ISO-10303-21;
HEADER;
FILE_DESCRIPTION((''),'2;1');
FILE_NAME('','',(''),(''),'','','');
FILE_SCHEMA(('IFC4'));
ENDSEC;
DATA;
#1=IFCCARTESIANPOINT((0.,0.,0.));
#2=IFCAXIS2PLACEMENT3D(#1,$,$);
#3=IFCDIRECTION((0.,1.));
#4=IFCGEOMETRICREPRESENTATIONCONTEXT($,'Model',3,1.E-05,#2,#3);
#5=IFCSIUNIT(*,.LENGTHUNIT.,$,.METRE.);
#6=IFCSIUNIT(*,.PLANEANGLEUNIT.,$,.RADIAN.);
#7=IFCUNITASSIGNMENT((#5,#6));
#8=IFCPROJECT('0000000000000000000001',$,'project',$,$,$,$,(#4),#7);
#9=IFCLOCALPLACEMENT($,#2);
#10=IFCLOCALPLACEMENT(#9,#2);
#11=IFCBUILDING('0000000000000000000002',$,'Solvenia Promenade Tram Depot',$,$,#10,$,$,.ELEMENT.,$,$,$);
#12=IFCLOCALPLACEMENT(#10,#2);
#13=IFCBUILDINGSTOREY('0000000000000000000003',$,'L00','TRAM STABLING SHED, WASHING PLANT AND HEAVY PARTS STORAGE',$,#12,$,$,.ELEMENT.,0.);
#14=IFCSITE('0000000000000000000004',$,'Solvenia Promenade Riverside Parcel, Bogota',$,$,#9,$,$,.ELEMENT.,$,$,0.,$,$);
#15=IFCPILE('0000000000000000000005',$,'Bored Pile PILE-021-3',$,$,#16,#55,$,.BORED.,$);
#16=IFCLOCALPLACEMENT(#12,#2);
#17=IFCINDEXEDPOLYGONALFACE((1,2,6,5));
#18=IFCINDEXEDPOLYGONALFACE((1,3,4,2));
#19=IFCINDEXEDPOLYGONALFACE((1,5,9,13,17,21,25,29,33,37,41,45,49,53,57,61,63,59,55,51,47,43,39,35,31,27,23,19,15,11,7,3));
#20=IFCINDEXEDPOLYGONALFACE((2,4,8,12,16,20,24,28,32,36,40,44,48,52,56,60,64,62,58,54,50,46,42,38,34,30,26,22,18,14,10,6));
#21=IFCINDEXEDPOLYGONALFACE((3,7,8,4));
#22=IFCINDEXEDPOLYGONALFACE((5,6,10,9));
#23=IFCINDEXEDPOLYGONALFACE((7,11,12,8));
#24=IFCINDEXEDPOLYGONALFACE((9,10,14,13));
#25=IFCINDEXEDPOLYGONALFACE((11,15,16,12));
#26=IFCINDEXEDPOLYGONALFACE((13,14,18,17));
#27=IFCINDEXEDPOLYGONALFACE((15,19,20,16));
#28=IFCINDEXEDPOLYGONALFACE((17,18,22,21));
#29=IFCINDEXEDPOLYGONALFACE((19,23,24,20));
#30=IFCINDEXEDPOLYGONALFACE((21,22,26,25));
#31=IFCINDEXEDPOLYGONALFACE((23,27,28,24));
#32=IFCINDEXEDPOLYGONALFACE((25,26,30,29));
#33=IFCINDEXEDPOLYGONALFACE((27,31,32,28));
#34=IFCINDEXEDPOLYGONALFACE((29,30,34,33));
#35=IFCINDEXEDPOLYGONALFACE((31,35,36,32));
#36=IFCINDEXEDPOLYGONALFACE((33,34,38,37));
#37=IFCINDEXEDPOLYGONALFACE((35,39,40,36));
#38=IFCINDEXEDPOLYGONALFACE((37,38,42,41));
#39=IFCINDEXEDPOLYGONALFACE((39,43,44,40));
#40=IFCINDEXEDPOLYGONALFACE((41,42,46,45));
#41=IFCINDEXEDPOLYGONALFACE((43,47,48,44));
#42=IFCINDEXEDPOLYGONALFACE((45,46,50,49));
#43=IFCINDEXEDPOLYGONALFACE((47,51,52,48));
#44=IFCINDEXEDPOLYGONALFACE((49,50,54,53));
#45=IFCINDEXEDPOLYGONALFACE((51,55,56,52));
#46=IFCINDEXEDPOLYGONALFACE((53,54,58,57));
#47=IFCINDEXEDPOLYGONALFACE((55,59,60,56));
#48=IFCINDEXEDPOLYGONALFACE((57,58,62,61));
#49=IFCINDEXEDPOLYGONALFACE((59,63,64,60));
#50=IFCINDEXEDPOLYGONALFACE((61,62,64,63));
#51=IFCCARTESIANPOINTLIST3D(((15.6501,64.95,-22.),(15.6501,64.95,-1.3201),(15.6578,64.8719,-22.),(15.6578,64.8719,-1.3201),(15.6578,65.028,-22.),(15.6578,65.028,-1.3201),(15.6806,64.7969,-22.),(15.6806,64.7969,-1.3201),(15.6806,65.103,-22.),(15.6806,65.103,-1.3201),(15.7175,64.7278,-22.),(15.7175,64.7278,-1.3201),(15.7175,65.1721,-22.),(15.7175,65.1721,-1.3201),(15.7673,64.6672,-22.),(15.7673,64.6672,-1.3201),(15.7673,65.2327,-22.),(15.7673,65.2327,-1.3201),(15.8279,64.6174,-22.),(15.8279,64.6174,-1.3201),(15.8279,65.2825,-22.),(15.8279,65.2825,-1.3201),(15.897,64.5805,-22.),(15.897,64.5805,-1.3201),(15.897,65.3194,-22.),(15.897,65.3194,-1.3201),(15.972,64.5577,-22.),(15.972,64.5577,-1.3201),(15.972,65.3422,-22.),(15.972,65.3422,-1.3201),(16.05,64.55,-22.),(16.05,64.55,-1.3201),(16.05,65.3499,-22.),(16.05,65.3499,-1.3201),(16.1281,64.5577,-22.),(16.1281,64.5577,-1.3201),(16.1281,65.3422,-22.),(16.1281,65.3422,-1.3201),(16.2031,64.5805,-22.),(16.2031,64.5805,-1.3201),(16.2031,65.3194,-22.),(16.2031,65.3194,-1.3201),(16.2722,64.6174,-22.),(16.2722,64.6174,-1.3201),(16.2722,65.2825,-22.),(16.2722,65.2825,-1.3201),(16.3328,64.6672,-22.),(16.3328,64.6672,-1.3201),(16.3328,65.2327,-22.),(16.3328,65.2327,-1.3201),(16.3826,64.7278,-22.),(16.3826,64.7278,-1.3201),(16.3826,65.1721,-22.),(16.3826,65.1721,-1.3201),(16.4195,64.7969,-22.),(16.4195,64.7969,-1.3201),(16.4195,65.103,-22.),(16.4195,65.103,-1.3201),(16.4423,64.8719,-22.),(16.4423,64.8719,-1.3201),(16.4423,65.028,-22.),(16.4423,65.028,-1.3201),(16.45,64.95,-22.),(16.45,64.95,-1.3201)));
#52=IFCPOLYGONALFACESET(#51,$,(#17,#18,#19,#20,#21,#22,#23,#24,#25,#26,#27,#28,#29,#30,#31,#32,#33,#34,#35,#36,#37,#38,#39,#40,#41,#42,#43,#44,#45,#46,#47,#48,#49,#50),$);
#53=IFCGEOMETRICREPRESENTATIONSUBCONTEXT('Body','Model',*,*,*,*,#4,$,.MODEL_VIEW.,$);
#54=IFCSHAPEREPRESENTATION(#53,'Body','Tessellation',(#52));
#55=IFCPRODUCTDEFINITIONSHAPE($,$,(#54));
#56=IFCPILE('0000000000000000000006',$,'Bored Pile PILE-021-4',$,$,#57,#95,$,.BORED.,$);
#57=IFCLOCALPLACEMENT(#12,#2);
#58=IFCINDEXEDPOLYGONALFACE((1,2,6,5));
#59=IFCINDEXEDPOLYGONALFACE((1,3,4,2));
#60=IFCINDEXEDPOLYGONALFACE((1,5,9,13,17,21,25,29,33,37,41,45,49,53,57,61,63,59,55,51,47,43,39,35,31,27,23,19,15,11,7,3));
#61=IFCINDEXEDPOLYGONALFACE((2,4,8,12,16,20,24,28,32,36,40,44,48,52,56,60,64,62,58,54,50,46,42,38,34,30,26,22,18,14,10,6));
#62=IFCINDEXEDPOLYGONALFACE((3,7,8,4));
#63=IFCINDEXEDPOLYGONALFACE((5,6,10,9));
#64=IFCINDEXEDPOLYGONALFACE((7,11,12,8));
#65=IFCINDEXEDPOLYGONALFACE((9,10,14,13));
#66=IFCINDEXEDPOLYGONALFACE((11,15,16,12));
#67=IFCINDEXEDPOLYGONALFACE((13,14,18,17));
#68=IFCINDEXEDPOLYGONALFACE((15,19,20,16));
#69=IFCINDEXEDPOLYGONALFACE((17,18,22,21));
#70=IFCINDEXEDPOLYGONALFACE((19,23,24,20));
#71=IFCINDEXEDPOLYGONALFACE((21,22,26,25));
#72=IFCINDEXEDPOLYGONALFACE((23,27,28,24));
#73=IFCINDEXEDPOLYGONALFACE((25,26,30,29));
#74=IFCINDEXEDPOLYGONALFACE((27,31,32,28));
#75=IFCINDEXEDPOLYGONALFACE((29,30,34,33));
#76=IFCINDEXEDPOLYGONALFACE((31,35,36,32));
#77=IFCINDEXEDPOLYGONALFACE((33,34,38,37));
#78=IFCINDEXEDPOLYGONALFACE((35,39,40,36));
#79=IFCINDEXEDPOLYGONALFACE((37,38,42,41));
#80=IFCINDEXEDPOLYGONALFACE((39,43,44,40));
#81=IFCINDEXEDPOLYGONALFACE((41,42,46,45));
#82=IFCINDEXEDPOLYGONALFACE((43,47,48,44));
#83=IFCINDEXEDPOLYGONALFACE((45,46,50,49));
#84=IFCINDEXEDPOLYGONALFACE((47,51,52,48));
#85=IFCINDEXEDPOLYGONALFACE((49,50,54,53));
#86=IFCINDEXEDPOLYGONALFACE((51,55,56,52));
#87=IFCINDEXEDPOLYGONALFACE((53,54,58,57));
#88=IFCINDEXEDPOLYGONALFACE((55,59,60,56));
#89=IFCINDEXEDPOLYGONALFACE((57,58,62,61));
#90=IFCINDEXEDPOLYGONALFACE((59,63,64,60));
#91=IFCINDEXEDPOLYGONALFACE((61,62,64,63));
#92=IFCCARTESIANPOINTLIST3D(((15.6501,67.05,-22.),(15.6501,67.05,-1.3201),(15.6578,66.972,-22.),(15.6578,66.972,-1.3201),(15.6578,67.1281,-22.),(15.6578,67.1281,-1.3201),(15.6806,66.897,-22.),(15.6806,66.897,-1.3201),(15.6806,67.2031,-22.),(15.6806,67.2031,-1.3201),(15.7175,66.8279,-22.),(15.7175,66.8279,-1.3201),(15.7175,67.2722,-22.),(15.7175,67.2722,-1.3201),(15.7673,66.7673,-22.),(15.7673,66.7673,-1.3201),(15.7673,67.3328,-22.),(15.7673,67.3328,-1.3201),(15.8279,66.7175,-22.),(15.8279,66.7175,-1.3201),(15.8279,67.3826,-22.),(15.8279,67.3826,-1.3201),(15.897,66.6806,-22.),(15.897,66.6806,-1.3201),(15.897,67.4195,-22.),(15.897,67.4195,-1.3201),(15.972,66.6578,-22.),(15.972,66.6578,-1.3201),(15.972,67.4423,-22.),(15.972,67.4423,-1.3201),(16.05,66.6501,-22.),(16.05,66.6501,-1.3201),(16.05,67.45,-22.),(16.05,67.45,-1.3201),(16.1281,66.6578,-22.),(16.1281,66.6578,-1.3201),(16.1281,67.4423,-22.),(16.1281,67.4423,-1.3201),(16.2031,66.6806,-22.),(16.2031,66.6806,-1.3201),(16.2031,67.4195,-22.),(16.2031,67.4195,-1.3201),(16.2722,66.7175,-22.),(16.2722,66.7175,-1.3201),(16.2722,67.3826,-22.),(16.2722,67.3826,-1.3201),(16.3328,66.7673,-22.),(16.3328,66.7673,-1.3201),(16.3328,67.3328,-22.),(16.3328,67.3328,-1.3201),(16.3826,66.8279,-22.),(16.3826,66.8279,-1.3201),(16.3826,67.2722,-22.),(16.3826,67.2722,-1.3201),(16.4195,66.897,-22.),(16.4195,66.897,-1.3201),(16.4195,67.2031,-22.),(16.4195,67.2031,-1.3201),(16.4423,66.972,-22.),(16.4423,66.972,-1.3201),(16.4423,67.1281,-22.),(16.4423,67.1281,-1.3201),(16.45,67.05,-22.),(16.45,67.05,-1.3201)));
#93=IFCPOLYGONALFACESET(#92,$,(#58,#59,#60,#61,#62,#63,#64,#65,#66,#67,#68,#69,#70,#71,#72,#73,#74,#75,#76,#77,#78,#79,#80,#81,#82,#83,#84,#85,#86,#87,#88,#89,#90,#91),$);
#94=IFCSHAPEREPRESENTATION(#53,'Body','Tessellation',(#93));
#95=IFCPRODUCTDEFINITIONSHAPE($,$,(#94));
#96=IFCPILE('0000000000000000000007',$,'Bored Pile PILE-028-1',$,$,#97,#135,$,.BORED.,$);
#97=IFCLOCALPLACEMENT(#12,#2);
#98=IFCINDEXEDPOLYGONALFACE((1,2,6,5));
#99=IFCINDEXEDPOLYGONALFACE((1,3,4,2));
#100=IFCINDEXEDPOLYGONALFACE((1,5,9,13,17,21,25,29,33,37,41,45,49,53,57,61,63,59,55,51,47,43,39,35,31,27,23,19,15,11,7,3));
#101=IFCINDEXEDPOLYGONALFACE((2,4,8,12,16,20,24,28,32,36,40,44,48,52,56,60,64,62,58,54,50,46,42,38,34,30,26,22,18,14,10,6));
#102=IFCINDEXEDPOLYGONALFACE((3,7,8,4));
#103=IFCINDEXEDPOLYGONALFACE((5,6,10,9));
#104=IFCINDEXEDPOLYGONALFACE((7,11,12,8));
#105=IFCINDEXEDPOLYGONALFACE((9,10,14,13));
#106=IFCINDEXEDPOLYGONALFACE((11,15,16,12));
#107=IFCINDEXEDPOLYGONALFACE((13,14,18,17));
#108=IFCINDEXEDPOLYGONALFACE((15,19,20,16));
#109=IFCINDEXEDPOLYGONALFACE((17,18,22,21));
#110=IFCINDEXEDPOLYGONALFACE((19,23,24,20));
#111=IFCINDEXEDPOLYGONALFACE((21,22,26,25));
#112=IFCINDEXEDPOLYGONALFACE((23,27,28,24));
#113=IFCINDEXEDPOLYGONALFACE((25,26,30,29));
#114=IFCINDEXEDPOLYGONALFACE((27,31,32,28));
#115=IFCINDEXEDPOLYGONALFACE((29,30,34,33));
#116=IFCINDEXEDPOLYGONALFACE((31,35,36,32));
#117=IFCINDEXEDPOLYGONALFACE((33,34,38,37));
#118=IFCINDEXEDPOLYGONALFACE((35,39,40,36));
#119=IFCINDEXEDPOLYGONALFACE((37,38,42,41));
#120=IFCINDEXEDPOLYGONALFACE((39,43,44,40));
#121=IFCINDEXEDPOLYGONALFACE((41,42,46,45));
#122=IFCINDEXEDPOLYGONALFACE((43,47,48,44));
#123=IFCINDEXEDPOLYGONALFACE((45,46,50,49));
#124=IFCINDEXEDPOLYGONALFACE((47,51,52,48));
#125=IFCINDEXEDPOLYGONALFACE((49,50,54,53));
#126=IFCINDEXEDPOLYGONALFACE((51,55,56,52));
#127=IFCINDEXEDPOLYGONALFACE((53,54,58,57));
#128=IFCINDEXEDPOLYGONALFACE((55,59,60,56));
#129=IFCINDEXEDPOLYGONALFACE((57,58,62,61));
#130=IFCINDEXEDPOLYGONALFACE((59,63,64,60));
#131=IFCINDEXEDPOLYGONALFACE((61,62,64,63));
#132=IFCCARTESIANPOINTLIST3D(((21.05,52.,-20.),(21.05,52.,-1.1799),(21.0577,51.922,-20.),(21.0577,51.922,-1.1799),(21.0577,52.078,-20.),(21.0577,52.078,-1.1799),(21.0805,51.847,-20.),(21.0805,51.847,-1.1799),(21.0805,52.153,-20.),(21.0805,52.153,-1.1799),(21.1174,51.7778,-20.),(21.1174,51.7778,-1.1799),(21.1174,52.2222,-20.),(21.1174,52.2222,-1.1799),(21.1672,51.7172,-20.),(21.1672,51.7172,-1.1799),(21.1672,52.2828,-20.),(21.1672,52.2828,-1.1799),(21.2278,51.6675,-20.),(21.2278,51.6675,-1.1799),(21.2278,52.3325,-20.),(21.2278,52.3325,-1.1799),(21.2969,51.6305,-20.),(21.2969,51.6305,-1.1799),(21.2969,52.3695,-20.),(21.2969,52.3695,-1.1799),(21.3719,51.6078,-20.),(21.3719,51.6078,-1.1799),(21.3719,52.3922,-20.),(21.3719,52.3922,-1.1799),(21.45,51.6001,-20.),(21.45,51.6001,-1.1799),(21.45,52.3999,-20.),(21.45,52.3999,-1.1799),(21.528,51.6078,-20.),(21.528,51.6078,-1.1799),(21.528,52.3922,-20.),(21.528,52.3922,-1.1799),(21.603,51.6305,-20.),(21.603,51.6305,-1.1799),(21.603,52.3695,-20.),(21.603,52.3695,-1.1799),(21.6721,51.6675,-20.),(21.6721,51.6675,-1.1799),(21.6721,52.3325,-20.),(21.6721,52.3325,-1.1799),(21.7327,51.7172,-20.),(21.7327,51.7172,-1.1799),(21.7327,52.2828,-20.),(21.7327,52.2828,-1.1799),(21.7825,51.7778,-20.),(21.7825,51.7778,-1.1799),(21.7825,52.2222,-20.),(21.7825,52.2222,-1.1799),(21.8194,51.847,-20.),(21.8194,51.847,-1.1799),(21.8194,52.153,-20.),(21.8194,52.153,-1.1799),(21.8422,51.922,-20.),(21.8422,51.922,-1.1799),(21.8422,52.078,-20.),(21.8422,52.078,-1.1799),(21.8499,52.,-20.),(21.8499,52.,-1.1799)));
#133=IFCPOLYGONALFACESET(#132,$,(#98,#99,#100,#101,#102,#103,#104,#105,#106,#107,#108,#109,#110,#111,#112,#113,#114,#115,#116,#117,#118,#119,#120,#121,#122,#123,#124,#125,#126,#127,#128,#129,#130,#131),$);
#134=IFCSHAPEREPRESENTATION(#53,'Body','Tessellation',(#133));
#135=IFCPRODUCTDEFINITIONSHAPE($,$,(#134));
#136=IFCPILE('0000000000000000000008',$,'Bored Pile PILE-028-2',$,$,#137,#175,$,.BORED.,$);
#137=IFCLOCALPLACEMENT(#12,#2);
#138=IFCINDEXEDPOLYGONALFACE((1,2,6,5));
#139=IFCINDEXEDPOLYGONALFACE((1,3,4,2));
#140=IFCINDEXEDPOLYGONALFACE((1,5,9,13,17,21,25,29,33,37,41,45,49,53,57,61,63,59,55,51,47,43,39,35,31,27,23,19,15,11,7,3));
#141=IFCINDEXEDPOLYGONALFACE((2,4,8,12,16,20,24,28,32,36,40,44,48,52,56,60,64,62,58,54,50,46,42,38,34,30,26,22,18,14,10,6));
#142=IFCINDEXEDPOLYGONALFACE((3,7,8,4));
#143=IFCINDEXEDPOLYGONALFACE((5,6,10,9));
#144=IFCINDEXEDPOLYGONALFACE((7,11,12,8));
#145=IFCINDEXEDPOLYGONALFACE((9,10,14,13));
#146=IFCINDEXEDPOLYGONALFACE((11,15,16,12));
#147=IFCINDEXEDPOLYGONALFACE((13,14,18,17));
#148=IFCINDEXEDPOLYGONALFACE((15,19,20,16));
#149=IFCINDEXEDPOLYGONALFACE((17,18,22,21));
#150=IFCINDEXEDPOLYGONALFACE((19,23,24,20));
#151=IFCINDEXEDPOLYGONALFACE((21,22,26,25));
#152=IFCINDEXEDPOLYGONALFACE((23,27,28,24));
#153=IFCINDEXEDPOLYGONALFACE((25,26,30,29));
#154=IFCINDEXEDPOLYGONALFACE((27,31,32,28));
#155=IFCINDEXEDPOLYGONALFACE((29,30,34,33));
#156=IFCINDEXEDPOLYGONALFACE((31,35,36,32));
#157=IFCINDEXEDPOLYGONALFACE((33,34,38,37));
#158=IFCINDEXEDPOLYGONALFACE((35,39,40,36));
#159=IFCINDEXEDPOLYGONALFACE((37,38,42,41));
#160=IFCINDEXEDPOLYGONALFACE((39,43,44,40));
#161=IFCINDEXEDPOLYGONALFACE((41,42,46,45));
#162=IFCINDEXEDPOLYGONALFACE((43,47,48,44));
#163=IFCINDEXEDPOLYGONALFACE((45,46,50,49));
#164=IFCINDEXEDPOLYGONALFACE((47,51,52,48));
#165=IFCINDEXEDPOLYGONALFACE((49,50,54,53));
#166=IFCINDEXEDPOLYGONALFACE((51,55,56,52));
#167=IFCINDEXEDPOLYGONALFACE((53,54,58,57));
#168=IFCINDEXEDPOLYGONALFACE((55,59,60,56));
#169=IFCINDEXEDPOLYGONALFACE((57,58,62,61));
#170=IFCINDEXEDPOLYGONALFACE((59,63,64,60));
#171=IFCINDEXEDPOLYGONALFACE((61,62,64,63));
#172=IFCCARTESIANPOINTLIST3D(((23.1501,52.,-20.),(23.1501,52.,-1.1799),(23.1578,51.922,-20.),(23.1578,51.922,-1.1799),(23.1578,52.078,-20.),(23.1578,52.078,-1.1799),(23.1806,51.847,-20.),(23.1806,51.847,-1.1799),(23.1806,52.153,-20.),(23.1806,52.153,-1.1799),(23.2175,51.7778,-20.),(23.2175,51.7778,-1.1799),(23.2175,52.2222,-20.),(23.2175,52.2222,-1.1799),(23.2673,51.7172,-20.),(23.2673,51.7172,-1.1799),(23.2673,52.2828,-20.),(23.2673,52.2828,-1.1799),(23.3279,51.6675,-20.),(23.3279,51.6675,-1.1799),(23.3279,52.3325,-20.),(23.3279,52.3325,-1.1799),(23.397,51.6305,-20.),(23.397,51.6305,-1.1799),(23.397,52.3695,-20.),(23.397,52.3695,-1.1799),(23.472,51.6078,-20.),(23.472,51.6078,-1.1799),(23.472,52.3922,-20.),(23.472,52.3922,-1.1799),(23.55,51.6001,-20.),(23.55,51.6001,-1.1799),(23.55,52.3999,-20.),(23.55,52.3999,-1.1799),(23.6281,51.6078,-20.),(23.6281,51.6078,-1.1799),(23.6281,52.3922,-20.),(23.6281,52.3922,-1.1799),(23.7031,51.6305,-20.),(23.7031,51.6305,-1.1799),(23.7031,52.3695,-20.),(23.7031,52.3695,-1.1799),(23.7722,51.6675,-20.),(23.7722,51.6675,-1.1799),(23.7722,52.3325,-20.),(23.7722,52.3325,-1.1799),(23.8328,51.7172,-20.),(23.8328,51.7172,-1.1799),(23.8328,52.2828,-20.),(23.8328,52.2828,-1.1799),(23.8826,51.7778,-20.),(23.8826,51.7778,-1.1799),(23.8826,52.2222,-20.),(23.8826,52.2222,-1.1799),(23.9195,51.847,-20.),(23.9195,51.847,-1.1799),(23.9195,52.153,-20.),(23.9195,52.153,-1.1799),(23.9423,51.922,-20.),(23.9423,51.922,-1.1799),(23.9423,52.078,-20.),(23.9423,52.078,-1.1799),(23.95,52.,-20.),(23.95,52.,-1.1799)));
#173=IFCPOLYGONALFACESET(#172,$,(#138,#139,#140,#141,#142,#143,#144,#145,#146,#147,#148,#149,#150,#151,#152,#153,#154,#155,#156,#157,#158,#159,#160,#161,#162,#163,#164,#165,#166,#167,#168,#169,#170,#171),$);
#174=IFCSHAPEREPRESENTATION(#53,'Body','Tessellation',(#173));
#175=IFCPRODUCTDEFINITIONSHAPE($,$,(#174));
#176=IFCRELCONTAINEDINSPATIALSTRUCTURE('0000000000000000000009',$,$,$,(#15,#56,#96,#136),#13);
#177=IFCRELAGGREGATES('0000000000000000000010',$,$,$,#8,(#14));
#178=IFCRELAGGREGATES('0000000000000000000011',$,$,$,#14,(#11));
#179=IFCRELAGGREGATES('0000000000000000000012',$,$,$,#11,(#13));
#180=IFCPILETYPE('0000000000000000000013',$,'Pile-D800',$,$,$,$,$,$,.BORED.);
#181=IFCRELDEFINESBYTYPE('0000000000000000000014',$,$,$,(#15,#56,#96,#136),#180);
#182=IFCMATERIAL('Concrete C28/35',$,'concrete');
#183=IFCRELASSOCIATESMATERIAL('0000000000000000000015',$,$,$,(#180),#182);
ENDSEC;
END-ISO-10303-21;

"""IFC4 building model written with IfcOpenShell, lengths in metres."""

from ifc_helpers import new_model, si_unit, direction, frame, origin, origin_2d, place, context, subcontext, project, spatial, circle, extrude, material, material_profile, profile_set, type_object, element, save


model = new_model("IFC4")

# Units and contexts
model_context = context("Model", 3, precision=1e-05, world=origin(), true_north=direction((0.0, 1.0)))
body_context = subcontext(model_context, "Body", "Model", "MODEL_VIEW")
ifc_project = project(units=[si_unit("LENGTHUNIT", "METRE"), si_unit("PLANEANGLEUNIT", "RADIAN")], contexts=[model_context])

# Site, building, storey
site_placement = place(None, origin())
site = spatial("IfcSite", under=ifc_project, at=site_placement, Name="Solvenia Promenade Riverside Parcel, Bogota", CompositionType="ELEMENT", RefElevation=0.0)
building_placement = place(site_placement, origin())
building = spatial("IfcBuilding", under=site, at=building_placement, Name="Solvenia Promenade Tram Depot", CompositionType="ELEMENT")
storey_placement = place(building_placement, origin())
storey = spatial("IfcBuildingStorey", under=building, at=storey_placement, Name="L00", Description="TRAM STABLING SHED, WASHING PLANT AND HEAVY PARTS STORAGE", CompositionType="ELEMENT", Elevation=0.0)

# Shared definitions
ifc_material_1 = material(Name="Concrete C28/35", Category="concrete")

# Piles
ifc_material_profile_1 = material_profile(ifc_material_1, circle(Radius=0.3999, at=origin_2d()), Name="D800", Category="concrete")
ifc_profile_set_1 = profile_set([ifc_material_profile_1], Name="Concrete C28/35")
pile_type_1 = type_object("IfcPileType", Name="Pile-D800", PredefinedType="BORED", material=ifc_profile_set_1)
for number, where, z_axis, x_axis, name in (
    (1, (16.05, 64.95, -1.3201), (0.0, 0.0, -1.0), (1.0, 0.0, 0.0), "Bored Pile PILE-021-3"),
    (2, (16.05, 67.05, -1.3201), (0.0, 0.0, -1.0), (1.0, 0.0, 0.0), "Bored Pile PILE-021-4"),
):
    element("IfcPile", number, at=place(storey_placement, frame(where, z_axis=z_axis, x_axis=x_axis)), inside=storey, type_object=pile_type_1, Name=name, PredefinedType="BORED", context=body_context, shape_type="SweptSolid", body=[
        extrude(circle(Radius=0.3999, at=origin_2d()), origin(), (0.0, 0.0, 1.0), 20.6799),
    ])
for number, where, z_axis, x_axis, name in (
    (3, (21.45, 52.0, -1.1799), (0.0, 0.0, -1.0), (1.0, 0.0, 0.0), "Bored Pile PILE-028-1"),
    (4, (23.55, 52.0, -1.1799), (0.0, 0.0, -1.0), (1.0, 0.0, 0.0), "Bored Pile PILE-028-2"),
):
    element("IfcPile", number, at=place(storey_placement, frame(where, z_axis=z_axis, x_axis=x_axis)), inside=storey, type_object=pile_type_1, Name=name, PredefinedType="BORED", context=body_context, shape_type="SweptSolid", body=[
        extrude(circle(Radius=0.3999, at=origin_2d()), origin(), (0.0, 0.0, 1.0), 18.8201),
    ])

save(model, "model.ifc")
